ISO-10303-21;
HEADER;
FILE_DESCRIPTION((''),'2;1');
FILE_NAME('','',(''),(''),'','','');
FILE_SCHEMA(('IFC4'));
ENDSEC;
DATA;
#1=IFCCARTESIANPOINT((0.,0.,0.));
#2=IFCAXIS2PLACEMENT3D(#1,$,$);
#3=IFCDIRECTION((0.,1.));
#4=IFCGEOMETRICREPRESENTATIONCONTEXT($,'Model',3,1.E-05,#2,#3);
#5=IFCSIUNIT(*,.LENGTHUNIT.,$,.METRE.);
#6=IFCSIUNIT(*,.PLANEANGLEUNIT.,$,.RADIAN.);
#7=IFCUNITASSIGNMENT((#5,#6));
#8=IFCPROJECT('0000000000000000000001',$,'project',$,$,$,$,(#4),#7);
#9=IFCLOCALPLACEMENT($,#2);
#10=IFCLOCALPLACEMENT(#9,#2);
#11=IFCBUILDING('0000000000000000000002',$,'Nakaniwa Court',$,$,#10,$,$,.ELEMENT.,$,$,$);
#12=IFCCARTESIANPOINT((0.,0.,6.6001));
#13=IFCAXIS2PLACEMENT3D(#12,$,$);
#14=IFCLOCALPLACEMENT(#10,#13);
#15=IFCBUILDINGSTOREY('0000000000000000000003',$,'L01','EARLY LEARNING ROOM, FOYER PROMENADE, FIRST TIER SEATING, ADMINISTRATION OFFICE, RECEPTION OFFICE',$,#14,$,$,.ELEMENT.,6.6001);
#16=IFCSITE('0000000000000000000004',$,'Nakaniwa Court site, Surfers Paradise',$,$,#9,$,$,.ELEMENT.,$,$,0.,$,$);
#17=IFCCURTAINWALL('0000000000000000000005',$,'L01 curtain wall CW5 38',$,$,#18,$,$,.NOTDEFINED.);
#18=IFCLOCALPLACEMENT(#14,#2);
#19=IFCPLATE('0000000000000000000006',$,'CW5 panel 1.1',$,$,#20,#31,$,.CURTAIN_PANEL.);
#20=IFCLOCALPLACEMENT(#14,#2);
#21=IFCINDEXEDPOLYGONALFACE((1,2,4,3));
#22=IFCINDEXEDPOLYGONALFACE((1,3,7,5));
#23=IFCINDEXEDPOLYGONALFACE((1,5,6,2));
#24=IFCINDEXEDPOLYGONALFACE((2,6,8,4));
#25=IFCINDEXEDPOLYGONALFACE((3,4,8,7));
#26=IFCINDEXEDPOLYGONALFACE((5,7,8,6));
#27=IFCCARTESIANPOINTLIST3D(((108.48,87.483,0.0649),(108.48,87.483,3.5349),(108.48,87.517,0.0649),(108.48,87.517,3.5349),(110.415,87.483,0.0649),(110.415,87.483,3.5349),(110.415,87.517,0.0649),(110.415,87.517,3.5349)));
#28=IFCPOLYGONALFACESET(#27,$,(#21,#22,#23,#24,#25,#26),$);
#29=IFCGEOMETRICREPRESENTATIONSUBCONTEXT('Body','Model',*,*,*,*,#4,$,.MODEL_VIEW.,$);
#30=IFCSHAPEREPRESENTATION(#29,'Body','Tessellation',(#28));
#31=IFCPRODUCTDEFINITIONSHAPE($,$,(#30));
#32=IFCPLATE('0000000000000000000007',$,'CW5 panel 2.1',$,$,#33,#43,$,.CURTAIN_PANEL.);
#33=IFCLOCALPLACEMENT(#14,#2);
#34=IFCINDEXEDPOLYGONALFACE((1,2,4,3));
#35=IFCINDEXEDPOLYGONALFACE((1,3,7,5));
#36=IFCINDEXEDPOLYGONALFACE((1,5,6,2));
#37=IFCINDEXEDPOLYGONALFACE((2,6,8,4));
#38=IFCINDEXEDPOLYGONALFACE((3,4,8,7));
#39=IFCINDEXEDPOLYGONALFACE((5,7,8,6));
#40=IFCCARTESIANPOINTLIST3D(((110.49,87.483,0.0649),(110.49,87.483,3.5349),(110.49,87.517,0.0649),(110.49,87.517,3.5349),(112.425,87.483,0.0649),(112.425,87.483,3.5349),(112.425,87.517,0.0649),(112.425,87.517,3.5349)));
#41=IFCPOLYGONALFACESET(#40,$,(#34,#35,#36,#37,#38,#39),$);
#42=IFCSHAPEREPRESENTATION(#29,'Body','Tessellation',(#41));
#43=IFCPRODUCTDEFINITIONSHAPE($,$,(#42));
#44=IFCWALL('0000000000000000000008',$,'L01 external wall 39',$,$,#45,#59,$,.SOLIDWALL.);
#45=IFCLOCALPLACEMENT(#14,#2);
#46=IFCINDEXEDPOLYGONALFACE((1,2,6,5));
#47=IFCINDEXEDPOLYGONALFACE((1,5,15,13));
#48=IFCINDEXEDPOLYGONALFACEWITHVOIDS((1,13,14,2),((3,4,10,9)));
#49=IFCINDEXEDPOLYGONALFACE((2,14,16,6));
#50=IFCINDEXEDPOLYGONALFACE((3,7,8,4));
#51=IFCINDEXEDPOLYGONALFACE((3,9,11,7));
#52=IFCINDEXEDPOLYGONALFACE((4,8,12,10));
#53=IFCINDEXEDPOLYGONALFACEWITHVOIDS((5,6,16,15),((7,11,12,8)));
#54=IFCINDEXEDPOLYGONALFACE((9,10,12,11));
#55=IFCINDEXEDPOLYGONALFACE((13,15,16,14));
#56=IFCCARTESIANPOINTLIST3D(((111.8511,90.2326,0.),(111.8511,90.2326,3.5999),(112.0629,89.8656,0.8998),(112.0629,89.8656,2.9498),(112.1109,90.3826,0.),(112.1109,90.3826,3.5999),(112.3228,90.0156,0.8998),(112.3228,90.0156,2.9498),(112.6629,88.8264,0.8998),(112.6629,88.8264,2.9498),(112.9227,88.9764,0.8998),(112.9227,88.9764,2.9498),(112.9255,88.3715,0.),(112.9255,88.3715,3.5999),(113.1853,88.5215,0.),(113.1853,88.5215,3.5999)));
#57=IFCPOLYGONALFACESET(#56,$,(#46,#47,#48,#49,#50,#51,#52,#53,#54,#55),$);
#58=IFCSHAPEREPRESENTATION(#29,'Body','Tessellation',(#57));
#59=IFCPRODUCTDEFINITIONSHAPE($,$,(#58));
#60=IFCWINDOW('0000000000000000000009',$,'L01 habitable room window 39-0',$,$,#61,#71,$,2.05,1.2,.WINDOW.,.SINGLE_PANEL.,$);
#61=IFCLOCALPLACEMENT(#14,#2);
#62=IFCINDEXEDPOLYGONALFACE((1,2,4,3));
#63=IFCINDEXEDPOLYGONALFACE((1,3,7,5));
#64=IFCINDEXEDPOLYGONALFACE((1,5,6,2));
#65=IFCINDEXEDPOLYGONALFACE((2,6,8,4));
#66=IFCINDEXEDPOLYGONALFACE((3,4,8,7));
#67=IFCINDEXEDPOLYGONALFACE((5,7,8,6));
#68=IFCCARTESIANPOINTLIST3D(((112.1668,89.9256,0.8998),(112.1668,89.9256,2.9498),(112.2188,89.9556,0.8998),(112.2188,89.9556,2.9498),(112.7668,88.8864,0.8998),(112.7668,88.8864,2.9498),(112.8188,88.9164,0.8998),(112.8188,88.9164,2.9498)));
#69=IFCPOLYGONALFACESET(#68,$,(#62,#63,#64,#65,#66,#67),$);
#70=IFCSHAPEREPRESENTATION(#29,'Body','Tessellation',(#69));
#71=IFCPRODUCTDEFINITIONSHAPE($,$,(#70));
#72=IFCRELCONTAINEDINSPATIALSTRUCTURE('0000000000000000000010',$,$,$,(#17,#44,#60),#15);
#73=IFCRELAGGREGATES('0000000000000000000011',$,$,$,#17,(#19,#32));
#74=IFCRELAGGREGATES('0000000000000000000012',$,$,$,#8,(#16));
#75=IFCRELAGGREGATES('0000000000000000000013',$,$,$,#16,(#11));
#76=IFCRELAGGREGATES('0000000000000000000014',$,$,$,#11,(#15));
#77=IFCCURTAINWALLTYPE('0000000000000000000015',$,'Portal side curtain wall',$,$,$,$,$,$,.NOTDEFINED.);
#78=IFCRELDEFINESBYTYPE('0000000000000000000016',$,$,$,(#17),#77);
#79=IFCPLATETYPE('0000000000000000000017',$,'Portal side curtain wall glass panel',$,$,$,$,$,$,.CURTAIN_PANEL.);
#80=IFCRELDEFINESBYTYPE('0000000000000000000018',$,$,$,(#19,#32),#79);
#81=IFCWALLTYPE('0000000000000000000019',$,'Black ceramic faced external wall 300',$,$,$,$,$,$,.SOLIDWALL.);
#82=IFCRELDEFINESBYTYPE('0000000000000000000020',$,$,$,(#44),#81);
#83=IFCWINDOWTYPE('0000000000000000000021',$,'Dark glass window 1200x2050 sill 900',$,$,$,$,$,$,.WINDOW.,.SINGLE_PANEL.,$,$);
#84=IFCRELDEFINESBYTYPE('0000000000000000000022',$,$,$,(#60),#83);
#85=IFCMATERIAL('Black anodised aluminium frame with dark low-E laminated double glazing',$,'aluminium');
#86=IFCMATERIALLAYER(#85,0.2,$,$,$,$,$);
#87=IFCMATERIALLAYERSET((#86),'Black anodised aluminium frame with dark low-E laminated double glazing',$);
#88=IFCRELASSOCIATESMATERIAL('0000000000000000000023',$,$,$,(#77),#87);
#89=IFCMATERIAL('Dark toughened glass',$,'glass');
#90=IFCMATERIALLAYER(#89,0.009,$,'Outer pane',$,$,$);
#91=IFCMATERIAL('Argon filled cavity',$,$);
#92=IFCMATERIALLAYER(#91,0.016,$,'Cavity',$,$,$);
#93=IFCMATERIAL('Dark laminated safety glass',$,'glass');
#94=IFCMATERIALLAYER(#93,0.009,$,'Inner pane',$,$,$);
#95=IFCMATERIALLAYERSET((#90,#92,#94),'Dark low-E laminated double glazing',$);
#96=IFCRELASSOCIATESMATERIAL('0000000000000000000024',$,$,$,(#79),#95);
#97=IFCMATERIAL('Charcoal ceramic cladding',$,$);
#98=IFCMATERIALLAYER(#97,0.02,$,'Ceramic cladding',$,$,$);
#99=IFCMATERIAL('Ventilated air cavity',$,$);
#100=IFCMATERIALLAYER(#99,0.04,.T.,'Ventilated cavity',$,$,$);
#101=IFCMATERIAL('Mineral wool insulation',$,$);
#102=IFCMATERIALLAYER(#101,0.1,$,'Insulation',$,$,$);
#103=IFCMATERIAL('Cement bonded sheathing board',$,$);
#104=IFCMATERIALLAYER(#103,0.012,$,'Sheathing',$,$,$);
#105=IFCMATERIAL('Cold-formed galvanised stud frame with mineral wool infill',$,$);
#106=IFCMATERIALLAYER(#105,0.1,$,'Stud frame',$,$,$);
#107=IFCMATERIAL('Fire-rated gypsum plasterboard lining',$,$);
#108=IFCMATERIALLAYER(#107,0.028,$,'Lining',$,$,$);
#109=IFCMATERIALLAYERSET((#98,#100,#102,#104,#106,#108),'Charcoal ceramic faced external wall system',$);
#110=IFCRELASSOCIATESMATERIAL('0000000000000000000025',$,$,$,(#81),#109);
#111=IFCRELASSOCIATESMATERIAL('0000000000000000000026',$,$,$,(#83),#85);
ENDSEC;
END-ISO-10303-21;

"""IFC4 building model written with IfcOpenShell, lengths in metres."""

from ifc_helpers import new_model, si_unit, direction, frame, frame_2d, origin, origin_2d, place, context, subcontext, project, spatial, rectangle, extrude, material, layer, layer_set, type_object, element, fill, aggregate, save


model = new_model("IFC4")

# Units and contexts
model_context = context("Model", 3, precision=1e-05, world=origin(), true_north=direction((0.0, 1.0)))
body_context = subcontext(model_context, "Body", "Model", "MODEL_VIEW")
ifc_project = project(units=[si_unit("LENGTHUNIT", "METRE"), si_unit("PLANEANGLEUNIT", "RADIAN")], contexts=[model_context])

# Site, building, storey
site_placement = place(None, origin())
site = spatial("IfcSite", under=ifc_project, at=site_placement, Name="Nakaniwa Court site, Surfers Paradise", CompositionType="ELEMENT", RefElevation=0.0)
building_placement = place(site_placement, origin())
building = spatial("IfcBuilding", under=site, at=building_placement, Name="Nakaniwa Court", CompositionType="ELEMENT")
storey_placement = place(building_placement, frame((0.0, 0.0, 6.6001)))
storey = spatial("IfcBuildingStorey", under=building, at=storey_placement, Name="L01", Description="EARLY LEARNING ROOM, FOYER PROMENADE, FIRST TIER SEATING, ADMINISTRATION OFFICE, RECEPTION OFFICE", CompositionType="ELEMENT", Elevation=6.6001)

# Shared definitions
ifc_material_1 = material(Name="Black anodised aluminium frame with dark low-E laminated double glazing", Category="aluminium")

# Curtain wall
ifc_layer_1 = layer(ifc_material_1, 0.2)
ifc_layer_set_1 = layer_set([ifc_layer_1], Name="Black anodised aluminium frame with dark low-E laminated double glazing")
curtain_wall_type_1 = type_object("IfcCurtainWallType", Name="Portal side curtain wall", PredefinedType="NOTDEFINED", material=ifc_layer_set_1)
curtain_wall_1_placement = place(storey_placement, origin())
curtain_wall_1 = element("IfcCurtainWall", 1, at=curtain_wall_1_placement, inside=storey, type_object=curtain_wall_type_1, Name="L01 curtain wall CW5 38", PredefinedType="NOTDEFINED")

# Plates
ifc_material_2 = material(Name="Dark toughened glass", Category="glass")
ifc_material_3 = material(Name="Argon filled cavity")
ifc_material_4 = material(Name="Dark laminated safety glass", Category="glass")
ifc_layer_2 = layer(ifc_material_2, 0.009, Name="Outer pane")
ifc_layer_3 = layer(ifc_material_3, 0.016, Name="Cavity")
ifc_layer_4 = layer(ifc_material_4, 0.009, Name="Inner pane")
ifc_layer_set_2 = layer_set([ifc_layer_2, ifc_layer_3, ifc_layer_4], Name="Dark low-E laminated double glazing")
plate_type_1 = type_object("IfcPlateType", Name="Portal side curtain wall glass panel", PredefinedType="CURTAIN_PANEL", material=ifc_layer_set_2)
plate_1_placement = place(storey_placement, frame((109.4475, 87.5, 0.0649), z_axis=(0.0, 0.0, 1.0), x_axis=(1.0, 0.0, 0.0)))
plate_1 = element("IfcPlate", 2, at=plate_1_placement, type_object=plate_type_1, Name="CW5 panel 1.1", PredefinedType="CURTAIN_PANEL", context=body_context, shape_type="SweptSolid", body=[
    extrude(rectangle(XDim=1.9351, YDim=0.0339, at=origin_2d()), origin(), (0.0, 0.0, 1.0), 3.47),
])
plate_2_placement = place(storey_placement, frame((111.4575, 87.5, 0.0649), z_axis=(0.0, 0.0, 1.0), x_axis=(1.0, 0.0, 0.0)))
plate_2 = element("IfcPlate", 3, at=plate_2_placement, type_object=plate_type_1, Name="CW5 panel 2.1", PredefinedType="CURTAIN_PANEL", context=body_context, shape_type="SweptSolid", body=[
    extrude(rectangle(XDim=1.9351, YDim=0.0339, at=origin_2d()), origin(), (0.0, 0.0, 1.0), 3.47),
])
aggregate(curtain_wall_1, [plate_1, plate_2])

# Wall, opening, window
ifc_material_5 = material(Name="Charcoal ceramic cladding")
ifc_layer_5 = layer(ifc_material_5, 0.02, Name="Ceramic cladding")
ifc_material_6 = material(Name="Ventilated air cavity")
ifc_layer_6 = layer(ifc_material_6, 0.04, ventilated=True, Name="Ventilated cavity")
ifc_material_7 = material(Name="Mineral wool insulation")
ifc_layer_7 = layer(ifc_material_7, 0.1, Name="Insulation")
ifc_material_8 = material(Name="Cement bonded sheathing board")
ifc_layer_8 = layer(ifc_material_8, 0.012, Name="Sheathing")
ifc_material_9 = material(Name="Cold-formed galvanised stud frame with mineral wool infill")
ifc_layer_9 = layer(ifc_material_9, 0.1, Name="Stud frame")
ifc_material_10 = material(Name="Fire-rated gypsum plasterboard lining")
ifc_layer_10 = layer(ifc_material_10, 0.028, Name="Lining")
ifc_layer_set_3 = layer_set([ifc_layer_5, ifc_layer_6, ifc_layer_7, ifc_layer_8, ifc_layer_9, ifc_layer_10], Name="Charcoal ceramic faced external wall system")
wall_type = type_object("IfcWallType", Name="Black ceramic faced external wall 300", PredefinedType="SOLIDWALL", material=ifc_layer_set_3)
wall_placement = place(storey_placement, frame((113.0554, 88.4465, 0.0), z_axis=(0.0, 0.0, 1.0), x_axis=(-0.499988, 0.866032, 0.0)))
wall = element("IfcWall", 4, at=wall_placement, inside=storey, type_object=wall_type, Name="L01 external wall 39", PredefinedType="SOLIDWALL", context=body_context, shape_type="SweptSolid", body=[
    extrude(rectangle(XDim=2.1489, YDim=0.3, at=frame_2d((1.0745, 0.0))), origin(), (0.0, 0.0, 1.0), 3.5999),
])
opening_placement = place(wall_placement, frame((0.5251, 0.0, 0.8999)))
opening = element("IfcOpeningElement", 5, at=opening_placement, cuts=wall, PredefinedType="OPENING", context=body_context, shape_type="SweptSolid", body=[
    extrude(rectangle(XDim=1.2, YDim=2.05, at=frame_2d((0.6001, 1.0249))), frame((0.0, 0.1599, 0.0), z_axis=(0.0, -1.0, 0.0), x_axis=(1.0, 0.0, 0.0)), (0.0, 0.0, 1.0), 0.3201),
])
window_type = type_object("IfcWindowType", Name="Dark glass window 1200x2050 sill 900", PartitioningType="SINGLE_PANEL", PredefinedType="WINDOW", material=ifc_material_1)
window_placement = place(opening_placement, origin())
window = element("IfcWindow", 6, at=window_placement, inside=storey, type_object=window_type, Name="L01 habitable room window 39-0", OverallHeight=2.05, OverallWidth=1.2, PartitioningType="SINGLE_PANEL", PredefinedType="WINDOW", context=body_context, shape_type="SweptSolid", body=[
    extrude(rectangle(XDim=1.2, YDim=2.05, at=frame_2d((0.6001, 1.0249))), frame((0.0, 0.03, 0.0), z_axis=(0.0, -1.0, 0.0), x_axis=(1.0, 0.0, 0.0)), (0.0, 0.0, 1.0), 0.0601),
])
fill(opening, window)

save(model, "model.ifc")
